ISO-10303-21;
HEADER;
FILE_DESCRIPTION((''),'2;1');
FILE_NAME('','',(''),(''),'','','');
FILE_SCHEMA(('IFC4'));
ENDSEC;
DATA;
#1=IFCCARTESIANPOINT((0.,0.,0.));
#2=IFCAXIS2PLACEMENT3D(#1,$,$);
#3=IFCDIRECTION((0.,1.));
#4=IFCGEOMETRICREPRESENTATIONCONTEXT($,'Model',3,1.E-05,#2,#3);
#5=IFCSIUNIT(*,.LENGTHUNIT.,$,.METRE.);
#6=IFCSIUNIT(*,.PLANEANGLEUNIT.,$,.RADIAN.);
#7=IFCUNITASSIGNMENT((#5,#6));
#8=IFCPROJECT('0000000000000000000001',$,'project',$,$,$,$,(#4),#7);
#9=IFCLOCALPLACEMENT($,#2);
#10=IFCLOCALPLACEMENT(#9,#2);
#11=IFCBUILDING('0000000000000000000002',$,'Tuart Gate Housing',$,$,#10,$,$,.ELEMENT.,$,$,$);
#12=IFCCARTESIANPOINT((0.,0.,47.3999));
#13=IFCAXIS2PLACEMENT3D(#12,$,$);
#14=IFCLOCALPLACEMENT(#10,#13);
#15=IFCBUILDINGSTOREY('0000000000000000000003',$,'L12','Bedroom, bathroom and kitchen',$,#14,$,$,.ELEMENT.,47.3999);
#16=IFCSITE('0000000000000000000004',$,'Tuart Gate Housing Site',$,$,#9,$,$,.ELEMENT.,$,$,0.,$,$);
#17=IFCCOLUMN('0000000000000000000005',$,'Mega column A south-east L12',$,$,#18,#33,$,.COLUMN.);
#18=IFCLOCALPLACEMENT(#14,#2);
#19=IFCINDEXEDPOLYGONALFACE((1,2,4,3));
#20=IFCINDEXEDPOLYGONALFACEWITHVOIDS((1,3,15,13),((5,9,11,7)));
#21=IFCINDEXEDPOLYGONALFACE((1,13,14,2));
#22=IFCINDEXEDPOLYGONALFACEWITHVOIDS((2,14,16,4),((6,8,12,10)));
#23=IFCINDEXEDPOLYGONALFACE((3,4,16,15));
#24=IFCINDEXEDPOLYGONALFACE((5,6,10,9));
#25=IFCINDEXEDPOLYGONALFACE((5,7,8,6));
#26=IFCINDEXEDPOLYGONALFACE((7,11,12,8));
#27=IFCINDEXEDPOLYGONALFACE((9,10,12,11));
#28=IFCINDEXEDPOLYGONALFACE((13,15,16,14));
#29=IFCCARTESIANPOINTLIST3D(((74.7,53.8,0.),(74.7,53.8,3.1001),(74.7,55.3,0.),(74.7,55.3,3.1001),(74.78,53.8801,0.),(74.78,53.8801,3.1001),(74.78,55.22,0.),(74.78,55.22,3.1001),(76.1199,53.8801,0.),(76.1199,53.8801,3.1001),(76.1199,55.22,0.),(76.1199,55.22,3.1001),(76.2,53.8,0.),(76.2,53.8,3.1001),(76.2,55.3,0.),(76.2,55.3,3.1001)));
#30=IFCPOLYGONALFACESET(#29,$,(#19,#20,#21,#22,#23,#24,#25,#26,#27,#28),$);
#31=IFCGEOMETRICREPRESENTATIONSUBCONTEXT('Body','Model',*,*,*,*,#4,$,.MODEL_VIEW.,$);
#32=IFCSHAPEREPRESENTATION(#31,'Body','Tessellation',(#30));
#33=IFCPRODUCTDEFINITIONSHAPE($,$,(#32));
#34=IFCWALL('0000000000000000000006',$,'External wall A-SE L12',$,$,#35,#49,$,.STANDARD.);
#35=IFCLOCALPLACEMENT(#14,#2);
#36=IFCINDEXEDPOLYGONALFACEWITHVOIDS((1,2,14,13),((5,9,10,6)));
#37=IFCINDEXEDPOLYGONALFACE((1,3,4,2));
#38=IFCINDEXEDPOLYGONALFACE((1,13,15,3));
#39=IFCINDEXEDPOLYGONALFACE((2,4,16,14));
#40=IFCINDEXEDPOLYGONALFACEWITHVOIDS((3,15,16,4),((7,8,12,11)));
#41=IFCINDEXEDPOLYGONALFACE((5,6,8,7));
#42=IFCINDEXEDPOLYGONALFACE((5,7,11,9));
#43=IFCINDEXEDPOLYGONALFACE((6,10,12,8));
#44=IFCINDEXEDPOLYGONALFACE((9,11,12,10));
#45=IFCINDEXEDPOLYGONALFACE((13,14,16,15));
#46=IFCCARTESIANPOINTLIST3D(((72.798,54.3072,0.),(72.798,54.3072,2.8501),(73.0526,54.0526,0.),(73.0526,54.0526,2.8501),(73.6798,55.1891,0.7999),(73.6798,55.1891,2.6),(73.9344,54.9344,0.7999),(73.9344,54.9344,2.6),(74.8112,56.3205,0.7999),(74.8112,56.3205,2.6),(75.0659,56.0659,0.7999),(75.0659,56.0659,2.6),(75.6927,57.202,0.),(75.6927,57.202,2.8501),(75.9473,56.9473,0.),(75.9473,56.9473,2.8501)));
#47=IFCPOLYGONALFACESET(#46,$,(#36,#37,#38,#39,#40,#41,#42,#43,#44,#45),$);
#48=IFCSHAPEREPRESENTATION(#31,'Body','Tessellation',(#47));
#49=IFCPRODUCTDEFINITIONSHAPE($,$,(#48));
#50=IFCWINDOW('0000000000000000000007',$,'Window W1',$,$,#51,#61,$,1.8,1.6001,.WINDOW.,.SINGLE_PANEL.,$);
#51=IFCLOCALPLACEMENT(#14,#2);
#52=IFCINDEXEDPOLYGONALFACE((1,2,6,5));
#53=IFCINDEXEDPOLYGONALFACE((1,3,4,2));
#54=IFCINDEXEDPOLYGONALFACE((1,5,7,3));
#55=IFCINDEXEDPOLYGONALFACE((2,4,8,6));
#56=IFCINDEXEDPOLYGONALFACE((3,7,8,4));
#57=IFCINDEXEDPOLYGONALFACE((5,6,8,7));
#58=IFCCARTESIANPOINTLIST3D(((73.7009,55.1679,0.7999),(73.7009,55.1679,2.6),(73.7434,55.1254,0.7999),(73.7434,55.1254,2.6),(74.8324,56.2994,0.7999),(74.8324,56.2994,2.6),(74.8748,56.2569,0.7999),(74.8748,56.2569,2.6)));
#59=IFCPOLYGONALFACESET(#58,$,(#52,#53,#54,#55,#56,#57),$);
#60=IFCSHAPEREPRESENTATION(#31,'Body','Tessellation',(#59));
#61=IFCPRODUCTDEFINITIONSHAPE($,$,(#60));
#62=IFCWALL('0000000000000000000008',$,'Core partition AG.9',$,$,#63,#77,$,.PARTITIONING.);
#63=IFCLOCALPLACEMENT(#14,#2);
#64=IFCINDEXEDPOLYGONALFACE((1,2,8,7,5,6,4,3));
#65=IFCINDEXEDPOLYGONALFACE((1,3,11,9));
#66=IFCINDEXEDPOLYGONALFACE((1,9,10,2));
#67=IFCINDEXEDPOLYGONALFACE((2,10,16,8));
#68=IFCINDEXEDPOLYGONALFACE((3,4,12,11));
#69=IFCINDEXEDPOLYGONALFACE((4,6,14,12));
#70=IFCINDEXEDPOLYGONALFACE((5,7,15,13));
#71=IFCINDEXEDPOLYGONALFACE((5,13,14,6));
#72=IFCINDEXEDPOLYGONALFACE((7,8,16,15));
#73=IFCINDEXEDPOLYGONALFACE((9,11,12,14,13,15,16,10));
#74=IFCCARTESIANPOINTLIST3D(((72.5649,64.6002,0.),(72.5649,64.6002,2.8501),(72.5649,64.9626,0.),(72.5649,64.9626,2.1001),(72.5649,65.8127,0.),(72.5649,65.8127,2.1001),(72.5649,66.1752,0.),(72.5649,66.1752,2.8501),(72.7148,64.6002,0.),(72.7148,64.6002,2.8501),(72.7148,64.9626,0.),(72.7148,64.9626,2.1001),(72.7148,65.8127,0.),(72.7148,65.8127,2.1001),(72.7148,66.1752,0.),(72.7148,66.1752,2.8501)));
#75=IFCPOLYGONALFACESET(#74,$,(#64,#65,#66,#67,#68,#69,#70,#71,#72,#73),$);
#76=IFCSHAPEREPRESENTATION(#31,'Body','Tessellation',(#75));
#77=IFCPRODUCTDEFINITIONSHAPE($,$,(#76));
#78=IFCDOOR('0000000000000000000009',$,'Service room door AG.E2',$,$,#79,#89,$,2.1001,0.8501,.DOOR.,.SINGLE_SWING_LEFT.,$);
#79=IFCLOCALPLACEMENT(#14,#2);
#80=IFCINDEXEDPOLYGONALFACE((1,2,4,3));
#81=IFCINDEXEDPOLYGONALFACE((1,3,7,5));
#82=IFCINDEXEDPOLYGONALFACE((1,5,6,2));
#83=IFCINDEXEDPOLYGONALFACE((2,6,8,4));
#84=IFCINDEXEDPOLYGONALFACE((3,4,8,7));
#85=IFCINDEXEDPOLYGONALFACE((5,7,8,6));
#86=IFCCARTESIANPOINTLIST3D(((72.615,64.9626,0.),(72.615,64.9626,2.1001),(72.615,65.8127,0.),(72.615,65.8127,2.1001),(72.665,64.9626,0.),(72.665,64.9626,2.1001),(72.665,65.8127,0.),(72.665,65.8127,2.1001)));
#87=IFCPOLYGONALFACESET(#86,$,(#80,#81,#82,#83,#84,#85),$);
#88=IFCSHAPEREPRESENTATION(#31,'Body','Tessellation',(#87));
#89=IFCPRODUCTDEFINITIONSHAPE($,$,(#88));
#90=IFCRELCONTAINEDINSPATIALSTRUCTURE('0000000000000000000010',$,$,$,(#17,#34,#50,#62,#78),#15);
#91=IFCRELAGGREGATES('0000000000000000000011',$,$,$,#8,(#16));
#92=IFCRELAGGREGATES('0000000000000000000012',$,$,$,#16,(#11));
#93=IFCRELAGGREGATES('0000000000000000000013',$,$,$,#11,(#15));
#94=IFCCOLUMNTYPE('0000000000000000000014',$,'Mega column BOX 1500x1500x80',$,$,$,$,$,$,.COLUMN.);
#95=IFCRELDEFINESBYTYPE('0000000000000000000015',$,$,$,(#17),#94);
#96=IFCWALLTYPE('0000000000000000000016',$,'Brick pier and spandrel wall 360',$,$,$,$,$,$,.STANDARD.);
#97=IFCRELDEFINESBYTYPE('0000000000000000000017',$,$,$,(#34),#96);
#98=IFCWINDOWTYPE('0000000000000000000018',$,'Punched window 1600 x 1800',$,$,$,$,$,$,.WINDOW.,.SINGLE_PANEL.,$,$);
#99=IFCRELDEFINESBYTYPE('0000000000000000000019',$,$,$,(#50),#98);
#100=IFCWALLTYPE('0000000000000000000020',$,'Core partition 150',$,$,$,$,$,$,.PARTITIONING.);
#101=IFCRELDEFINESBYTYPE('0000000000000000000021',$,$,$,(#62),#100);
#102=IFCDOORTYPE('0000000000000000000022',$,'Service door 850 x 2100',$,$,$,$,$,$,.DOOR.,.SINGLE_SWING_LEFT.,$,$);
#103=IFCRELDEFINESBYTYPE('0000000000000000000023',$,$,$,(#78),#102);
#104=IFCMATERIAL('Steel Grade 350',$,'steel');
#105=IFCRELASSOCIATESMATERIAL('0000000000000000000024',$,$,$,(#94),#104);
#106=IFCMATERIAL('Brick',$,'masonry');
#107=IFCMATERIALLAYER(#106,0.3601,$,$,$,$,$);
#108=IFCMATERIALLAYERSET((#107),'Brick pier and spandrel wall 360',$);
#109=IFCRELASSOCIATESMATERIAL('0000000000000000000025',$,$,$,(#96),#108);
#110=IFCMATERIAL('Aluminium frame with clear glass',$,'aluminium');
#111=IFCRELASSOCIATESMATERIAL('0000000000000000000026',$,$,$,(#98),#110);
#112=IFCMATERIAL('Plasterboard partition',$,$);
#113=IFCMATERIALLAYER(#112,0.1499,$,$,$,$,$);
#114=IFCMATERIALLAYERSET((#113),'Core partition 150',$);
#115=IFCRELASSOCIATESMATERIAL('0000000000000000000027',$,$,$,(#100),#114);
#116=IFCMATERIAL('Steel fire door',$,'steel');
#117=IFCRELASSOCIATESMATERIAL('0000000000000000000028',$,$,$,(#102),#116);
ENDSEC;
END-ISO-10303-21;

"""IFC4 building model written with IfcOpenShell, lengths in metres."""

from ifc_helpers import new_model, si_unit, direction, frame, frame_2d, origin, origin_2d, place, context, subcontext, project, spatial, rectangle, hollow_rectangle, extrude, material, layer, layer_set, material_profile, profile_set, type_object, element, fill, save


model = new_model("IFC4")

# Units and contexts
model_context = context("Model", 3, precision=1e-05, world=origin(), true_north=direction((0.0, 1.0)))
body_context = subcontext(model_context, "Body", "Model", "MODEL_VIEW")
ifc_project = project(units=[si_unit("LENGTHUNIT", "METRE"), si_unit("PLANEANGLEUNIT", "RADIAN")], contexts=[model_context])

# Site, building, storey
site_placement = place(None, origin())
site = spatial("IfcSite", under=ifc_project, at=site_placement, Name="Tuart Gate Housing Site", CompositionType="ELEMENT", RefElevation=0.0)
building_placement = place(site_placement, origin())
building = spatial("IfcBuilding", under=site, at=building_placement, Name="Tuart Gate Housing", CompositionType="ELEMENT")
storey_placement = place(building_placement, frame((0.0, 0.0, 47.3999)))
storey = spatial("IfcBuildingStorey", under=building, at=storey_placement, Name="L12", Description="Bedroom, bathroom and kitchen", CompositionType="ELEMENT", Elevation=47.3999)

# Column
ifc_material_1 = material(Name="Steel Grade 350", Category="steel")
ifc_material_profile = material_profile(ifc_material_1, hollow_rectangle(XDim=1.5, YDim=1.5, WallThickness=0.0801, at=origin_2d()), Name="BOX 1500x1500x80")
ifc_profile_set = profile_set([ifc_material_profile], Name="Steel Grade 350")
column_type = type_object("IfcColumnType", Name="Mega column BOX 1500x1500x80", PredefinedType="COLUMN", material=ifc_profile_set)
column_placement = place(storey_placement, frame((75.45, 54.55, 0.0), z_axis=(0.0, 0.0, 1.0), x_axis=(1.0, 0.0, 0.0)))
element("IfcColumn", 1, at=column_placement, inside=storey, type_object=column_type, Name="Mega column A south-east L12", PredefinedType="COLUMN", context=body_context, shape_type="SweptSolid", body=[
    extrude(hollow_rectangle(XDim=1.5, YDim=1.5, WallThickness=0.0801, at=origin_2d()), origin(), (0.0, 0.0, 1.0), 3.1001),
])

# Wall, opening, window
ifc_material_2 = material(Name="Brick", Category="masonry")
ifc_layer_1 = layer(ifc_material_2, 0.3601)
ifc_layer_set_1 = layer_set([ifc_layer_1], Name="Brick pier and spandrel wall 360")
wall_type_1 = type_object("IfcWallType", Name="Brick pier and spandrel wall 360", PredefinedType="STANDARD", material=ifc_layer_set_1)
wall_1_placement = place(storey_placement, frame((72.9253, 54.1799, 0.0), z_axis=(0.0, 0.0, 1.0), x_axis=(0.707107, 0.707107, 0.0)))
wall_1 = element("IfcWall", 2, at=wall_1_placement, inside=storey, type_object=wall_type_1, Name="External wall A-SE L12", PredefinedType="STANDARD", context=body_context, shape_type="SweptSolid", body=[
    extrude(rectangle(XDim=4.0938, YDim=0.3601, at=frame_2d((2.0469, 0.0))), origin(), (0.0, 0.0, 1.0), 2.8501),
])
opening_1_placement = place(wall_1_placement, frame((1.2471, 0.0, 0.8)))
opening_1 = element("IfcOpeningElement", 3, at=opening_1_placement, cuts=wall_1, PredefinedType="OPENING", context=body_context, shape_type="SweptSolid", body=[
    extrude(rectangle(XDim=1.6001, YDim=1.8, at=frame_2d((0.8, 0.8999))), frame((0.0, 0.1899, 0.0), z_axis=(0.0, -1.0, 0.0), x_axis=(1.0, 0.0, 0.0)), (0.0, 0.0, 1.0), 0.3801),
])
ifc_material_3 = material(Name="Aluminium frame with clear glass", Category="aluminium")
window_type = type_object("IfcWindowType", Name="Punched window 1600 x 1800", PartitioningType="SINGLE_PANEL", PredefinedType="WINDOW", material=ifc_material_3)
window_placement = place(opening_1_placement, origin())
window = element("IfcWindow", 4, at=window_placement, inside=storey, type_object=window_type, Name="Window W1", OverallHeight=1.8, OverallWidth=1.6001, PartitioningType="SINGLE_PANEL", PredefinedType="WINDOW", context=body_context, shape_type="SweptSolid", body=[
    extrude(rectangle(XDim=1.6001, YDim=1.8, at=frame_2d((0.8, 0.8999))), frame((0.0, 0.1501, 0.0), z_axis=(0.0, -1.0, 0.0), x_axis=(1.0, 0.0, 0.0)), (0.0, 0.0, 1.0), 0.0601),
])
fill(opening_1, window)

# Wall, opening, door
ifc_material_4 = material(Name="Plasterboard partition")
ifc_layer_2 = layer(ifc_material_4, 0.1499)
ifc_layer_set_2 = layer_set([ifc_layer_2], Name="Core partition 150")
wall_type_2 = type_object("IfcWallType", Name="Core partition 150", PredefinedType="PARTITIONING", material=ifc_layer_set_2)
wall_2_placement = place(storey_placement, frame((72.6399, 64.6001, 0.0), z_axis=(0.0, 0.0, 1.0), x_axis=(0.0, 1.0, 0.0)))
wall_2 = element("IfcWall", 5, at=wall_2_placement, inside=storey, type_object=wall_type_2, Name="Core partition AG.9", PredefinedType="PARTITIONING", context=body_context, shape_type="SweptSolid", body=[
    extrude(rectangle(XDim=1.575, YDim=0.1499, at=frame_2d((0.7876, 0.0))), origin(), (0.0, 0.0, 1.0), 2.8501),
])
opening_2_placement = place(wall_2_placement, frame((0.3625, 0.0, 0.0)))
opening_2 = element("IfcOpeningElement", 6, at=opening_2_placement, cuts=wall_2, PredefinedType="OPENING", context=body_context, shape_type="SweptSolid", body=[
    extrude(rectangle(XDim=0.8501, YDim=2.1001, at=frame_2d((0.425, 1.05))), frame((0.0, 0.085, 0.0), z_axis=(0.0, -1.0, 0.0), x_axis=(1.0, 0.0, 0.0)), (0.0, 0.0, 1.0), 0.1699),
])
ifc_material_5 = material(Name="Steel fire door", Category="steel")
door_type = type_object("IfcDoorType", Name="Service door 850 x 2100", OperationType="SINGLE_SWING_LEFT", PredefinedType="DOOR", material=ifc_material_5)
door_placement = place(opening_2_placement, origin())
door = element("IfcDoor", 7, at=door_placement, inside=storey, type_object=door_type, Name="Service room door AG.E2", OperationType="SINGLE_SWING_LEFT", OverallHeight=2.1001, OverallWidth=0.8501, PredefinedType="DOOR", context=body_context, shape_type="SweptSolid", body=[
    extrude(rectangle(XDim=0.8501, YDim=2.1001, at=frame_2d((0.425, 1.05))), frame((0.0, 0.0249, 0.0), z_axis=(0.0, -1.0, 0.0), x_axis=(1.0, 0.0, 0.0)), (0.0, 0.0, 1.0), 0.05),
])
fill(opening_2, door)

save(model, "model.ifc")
